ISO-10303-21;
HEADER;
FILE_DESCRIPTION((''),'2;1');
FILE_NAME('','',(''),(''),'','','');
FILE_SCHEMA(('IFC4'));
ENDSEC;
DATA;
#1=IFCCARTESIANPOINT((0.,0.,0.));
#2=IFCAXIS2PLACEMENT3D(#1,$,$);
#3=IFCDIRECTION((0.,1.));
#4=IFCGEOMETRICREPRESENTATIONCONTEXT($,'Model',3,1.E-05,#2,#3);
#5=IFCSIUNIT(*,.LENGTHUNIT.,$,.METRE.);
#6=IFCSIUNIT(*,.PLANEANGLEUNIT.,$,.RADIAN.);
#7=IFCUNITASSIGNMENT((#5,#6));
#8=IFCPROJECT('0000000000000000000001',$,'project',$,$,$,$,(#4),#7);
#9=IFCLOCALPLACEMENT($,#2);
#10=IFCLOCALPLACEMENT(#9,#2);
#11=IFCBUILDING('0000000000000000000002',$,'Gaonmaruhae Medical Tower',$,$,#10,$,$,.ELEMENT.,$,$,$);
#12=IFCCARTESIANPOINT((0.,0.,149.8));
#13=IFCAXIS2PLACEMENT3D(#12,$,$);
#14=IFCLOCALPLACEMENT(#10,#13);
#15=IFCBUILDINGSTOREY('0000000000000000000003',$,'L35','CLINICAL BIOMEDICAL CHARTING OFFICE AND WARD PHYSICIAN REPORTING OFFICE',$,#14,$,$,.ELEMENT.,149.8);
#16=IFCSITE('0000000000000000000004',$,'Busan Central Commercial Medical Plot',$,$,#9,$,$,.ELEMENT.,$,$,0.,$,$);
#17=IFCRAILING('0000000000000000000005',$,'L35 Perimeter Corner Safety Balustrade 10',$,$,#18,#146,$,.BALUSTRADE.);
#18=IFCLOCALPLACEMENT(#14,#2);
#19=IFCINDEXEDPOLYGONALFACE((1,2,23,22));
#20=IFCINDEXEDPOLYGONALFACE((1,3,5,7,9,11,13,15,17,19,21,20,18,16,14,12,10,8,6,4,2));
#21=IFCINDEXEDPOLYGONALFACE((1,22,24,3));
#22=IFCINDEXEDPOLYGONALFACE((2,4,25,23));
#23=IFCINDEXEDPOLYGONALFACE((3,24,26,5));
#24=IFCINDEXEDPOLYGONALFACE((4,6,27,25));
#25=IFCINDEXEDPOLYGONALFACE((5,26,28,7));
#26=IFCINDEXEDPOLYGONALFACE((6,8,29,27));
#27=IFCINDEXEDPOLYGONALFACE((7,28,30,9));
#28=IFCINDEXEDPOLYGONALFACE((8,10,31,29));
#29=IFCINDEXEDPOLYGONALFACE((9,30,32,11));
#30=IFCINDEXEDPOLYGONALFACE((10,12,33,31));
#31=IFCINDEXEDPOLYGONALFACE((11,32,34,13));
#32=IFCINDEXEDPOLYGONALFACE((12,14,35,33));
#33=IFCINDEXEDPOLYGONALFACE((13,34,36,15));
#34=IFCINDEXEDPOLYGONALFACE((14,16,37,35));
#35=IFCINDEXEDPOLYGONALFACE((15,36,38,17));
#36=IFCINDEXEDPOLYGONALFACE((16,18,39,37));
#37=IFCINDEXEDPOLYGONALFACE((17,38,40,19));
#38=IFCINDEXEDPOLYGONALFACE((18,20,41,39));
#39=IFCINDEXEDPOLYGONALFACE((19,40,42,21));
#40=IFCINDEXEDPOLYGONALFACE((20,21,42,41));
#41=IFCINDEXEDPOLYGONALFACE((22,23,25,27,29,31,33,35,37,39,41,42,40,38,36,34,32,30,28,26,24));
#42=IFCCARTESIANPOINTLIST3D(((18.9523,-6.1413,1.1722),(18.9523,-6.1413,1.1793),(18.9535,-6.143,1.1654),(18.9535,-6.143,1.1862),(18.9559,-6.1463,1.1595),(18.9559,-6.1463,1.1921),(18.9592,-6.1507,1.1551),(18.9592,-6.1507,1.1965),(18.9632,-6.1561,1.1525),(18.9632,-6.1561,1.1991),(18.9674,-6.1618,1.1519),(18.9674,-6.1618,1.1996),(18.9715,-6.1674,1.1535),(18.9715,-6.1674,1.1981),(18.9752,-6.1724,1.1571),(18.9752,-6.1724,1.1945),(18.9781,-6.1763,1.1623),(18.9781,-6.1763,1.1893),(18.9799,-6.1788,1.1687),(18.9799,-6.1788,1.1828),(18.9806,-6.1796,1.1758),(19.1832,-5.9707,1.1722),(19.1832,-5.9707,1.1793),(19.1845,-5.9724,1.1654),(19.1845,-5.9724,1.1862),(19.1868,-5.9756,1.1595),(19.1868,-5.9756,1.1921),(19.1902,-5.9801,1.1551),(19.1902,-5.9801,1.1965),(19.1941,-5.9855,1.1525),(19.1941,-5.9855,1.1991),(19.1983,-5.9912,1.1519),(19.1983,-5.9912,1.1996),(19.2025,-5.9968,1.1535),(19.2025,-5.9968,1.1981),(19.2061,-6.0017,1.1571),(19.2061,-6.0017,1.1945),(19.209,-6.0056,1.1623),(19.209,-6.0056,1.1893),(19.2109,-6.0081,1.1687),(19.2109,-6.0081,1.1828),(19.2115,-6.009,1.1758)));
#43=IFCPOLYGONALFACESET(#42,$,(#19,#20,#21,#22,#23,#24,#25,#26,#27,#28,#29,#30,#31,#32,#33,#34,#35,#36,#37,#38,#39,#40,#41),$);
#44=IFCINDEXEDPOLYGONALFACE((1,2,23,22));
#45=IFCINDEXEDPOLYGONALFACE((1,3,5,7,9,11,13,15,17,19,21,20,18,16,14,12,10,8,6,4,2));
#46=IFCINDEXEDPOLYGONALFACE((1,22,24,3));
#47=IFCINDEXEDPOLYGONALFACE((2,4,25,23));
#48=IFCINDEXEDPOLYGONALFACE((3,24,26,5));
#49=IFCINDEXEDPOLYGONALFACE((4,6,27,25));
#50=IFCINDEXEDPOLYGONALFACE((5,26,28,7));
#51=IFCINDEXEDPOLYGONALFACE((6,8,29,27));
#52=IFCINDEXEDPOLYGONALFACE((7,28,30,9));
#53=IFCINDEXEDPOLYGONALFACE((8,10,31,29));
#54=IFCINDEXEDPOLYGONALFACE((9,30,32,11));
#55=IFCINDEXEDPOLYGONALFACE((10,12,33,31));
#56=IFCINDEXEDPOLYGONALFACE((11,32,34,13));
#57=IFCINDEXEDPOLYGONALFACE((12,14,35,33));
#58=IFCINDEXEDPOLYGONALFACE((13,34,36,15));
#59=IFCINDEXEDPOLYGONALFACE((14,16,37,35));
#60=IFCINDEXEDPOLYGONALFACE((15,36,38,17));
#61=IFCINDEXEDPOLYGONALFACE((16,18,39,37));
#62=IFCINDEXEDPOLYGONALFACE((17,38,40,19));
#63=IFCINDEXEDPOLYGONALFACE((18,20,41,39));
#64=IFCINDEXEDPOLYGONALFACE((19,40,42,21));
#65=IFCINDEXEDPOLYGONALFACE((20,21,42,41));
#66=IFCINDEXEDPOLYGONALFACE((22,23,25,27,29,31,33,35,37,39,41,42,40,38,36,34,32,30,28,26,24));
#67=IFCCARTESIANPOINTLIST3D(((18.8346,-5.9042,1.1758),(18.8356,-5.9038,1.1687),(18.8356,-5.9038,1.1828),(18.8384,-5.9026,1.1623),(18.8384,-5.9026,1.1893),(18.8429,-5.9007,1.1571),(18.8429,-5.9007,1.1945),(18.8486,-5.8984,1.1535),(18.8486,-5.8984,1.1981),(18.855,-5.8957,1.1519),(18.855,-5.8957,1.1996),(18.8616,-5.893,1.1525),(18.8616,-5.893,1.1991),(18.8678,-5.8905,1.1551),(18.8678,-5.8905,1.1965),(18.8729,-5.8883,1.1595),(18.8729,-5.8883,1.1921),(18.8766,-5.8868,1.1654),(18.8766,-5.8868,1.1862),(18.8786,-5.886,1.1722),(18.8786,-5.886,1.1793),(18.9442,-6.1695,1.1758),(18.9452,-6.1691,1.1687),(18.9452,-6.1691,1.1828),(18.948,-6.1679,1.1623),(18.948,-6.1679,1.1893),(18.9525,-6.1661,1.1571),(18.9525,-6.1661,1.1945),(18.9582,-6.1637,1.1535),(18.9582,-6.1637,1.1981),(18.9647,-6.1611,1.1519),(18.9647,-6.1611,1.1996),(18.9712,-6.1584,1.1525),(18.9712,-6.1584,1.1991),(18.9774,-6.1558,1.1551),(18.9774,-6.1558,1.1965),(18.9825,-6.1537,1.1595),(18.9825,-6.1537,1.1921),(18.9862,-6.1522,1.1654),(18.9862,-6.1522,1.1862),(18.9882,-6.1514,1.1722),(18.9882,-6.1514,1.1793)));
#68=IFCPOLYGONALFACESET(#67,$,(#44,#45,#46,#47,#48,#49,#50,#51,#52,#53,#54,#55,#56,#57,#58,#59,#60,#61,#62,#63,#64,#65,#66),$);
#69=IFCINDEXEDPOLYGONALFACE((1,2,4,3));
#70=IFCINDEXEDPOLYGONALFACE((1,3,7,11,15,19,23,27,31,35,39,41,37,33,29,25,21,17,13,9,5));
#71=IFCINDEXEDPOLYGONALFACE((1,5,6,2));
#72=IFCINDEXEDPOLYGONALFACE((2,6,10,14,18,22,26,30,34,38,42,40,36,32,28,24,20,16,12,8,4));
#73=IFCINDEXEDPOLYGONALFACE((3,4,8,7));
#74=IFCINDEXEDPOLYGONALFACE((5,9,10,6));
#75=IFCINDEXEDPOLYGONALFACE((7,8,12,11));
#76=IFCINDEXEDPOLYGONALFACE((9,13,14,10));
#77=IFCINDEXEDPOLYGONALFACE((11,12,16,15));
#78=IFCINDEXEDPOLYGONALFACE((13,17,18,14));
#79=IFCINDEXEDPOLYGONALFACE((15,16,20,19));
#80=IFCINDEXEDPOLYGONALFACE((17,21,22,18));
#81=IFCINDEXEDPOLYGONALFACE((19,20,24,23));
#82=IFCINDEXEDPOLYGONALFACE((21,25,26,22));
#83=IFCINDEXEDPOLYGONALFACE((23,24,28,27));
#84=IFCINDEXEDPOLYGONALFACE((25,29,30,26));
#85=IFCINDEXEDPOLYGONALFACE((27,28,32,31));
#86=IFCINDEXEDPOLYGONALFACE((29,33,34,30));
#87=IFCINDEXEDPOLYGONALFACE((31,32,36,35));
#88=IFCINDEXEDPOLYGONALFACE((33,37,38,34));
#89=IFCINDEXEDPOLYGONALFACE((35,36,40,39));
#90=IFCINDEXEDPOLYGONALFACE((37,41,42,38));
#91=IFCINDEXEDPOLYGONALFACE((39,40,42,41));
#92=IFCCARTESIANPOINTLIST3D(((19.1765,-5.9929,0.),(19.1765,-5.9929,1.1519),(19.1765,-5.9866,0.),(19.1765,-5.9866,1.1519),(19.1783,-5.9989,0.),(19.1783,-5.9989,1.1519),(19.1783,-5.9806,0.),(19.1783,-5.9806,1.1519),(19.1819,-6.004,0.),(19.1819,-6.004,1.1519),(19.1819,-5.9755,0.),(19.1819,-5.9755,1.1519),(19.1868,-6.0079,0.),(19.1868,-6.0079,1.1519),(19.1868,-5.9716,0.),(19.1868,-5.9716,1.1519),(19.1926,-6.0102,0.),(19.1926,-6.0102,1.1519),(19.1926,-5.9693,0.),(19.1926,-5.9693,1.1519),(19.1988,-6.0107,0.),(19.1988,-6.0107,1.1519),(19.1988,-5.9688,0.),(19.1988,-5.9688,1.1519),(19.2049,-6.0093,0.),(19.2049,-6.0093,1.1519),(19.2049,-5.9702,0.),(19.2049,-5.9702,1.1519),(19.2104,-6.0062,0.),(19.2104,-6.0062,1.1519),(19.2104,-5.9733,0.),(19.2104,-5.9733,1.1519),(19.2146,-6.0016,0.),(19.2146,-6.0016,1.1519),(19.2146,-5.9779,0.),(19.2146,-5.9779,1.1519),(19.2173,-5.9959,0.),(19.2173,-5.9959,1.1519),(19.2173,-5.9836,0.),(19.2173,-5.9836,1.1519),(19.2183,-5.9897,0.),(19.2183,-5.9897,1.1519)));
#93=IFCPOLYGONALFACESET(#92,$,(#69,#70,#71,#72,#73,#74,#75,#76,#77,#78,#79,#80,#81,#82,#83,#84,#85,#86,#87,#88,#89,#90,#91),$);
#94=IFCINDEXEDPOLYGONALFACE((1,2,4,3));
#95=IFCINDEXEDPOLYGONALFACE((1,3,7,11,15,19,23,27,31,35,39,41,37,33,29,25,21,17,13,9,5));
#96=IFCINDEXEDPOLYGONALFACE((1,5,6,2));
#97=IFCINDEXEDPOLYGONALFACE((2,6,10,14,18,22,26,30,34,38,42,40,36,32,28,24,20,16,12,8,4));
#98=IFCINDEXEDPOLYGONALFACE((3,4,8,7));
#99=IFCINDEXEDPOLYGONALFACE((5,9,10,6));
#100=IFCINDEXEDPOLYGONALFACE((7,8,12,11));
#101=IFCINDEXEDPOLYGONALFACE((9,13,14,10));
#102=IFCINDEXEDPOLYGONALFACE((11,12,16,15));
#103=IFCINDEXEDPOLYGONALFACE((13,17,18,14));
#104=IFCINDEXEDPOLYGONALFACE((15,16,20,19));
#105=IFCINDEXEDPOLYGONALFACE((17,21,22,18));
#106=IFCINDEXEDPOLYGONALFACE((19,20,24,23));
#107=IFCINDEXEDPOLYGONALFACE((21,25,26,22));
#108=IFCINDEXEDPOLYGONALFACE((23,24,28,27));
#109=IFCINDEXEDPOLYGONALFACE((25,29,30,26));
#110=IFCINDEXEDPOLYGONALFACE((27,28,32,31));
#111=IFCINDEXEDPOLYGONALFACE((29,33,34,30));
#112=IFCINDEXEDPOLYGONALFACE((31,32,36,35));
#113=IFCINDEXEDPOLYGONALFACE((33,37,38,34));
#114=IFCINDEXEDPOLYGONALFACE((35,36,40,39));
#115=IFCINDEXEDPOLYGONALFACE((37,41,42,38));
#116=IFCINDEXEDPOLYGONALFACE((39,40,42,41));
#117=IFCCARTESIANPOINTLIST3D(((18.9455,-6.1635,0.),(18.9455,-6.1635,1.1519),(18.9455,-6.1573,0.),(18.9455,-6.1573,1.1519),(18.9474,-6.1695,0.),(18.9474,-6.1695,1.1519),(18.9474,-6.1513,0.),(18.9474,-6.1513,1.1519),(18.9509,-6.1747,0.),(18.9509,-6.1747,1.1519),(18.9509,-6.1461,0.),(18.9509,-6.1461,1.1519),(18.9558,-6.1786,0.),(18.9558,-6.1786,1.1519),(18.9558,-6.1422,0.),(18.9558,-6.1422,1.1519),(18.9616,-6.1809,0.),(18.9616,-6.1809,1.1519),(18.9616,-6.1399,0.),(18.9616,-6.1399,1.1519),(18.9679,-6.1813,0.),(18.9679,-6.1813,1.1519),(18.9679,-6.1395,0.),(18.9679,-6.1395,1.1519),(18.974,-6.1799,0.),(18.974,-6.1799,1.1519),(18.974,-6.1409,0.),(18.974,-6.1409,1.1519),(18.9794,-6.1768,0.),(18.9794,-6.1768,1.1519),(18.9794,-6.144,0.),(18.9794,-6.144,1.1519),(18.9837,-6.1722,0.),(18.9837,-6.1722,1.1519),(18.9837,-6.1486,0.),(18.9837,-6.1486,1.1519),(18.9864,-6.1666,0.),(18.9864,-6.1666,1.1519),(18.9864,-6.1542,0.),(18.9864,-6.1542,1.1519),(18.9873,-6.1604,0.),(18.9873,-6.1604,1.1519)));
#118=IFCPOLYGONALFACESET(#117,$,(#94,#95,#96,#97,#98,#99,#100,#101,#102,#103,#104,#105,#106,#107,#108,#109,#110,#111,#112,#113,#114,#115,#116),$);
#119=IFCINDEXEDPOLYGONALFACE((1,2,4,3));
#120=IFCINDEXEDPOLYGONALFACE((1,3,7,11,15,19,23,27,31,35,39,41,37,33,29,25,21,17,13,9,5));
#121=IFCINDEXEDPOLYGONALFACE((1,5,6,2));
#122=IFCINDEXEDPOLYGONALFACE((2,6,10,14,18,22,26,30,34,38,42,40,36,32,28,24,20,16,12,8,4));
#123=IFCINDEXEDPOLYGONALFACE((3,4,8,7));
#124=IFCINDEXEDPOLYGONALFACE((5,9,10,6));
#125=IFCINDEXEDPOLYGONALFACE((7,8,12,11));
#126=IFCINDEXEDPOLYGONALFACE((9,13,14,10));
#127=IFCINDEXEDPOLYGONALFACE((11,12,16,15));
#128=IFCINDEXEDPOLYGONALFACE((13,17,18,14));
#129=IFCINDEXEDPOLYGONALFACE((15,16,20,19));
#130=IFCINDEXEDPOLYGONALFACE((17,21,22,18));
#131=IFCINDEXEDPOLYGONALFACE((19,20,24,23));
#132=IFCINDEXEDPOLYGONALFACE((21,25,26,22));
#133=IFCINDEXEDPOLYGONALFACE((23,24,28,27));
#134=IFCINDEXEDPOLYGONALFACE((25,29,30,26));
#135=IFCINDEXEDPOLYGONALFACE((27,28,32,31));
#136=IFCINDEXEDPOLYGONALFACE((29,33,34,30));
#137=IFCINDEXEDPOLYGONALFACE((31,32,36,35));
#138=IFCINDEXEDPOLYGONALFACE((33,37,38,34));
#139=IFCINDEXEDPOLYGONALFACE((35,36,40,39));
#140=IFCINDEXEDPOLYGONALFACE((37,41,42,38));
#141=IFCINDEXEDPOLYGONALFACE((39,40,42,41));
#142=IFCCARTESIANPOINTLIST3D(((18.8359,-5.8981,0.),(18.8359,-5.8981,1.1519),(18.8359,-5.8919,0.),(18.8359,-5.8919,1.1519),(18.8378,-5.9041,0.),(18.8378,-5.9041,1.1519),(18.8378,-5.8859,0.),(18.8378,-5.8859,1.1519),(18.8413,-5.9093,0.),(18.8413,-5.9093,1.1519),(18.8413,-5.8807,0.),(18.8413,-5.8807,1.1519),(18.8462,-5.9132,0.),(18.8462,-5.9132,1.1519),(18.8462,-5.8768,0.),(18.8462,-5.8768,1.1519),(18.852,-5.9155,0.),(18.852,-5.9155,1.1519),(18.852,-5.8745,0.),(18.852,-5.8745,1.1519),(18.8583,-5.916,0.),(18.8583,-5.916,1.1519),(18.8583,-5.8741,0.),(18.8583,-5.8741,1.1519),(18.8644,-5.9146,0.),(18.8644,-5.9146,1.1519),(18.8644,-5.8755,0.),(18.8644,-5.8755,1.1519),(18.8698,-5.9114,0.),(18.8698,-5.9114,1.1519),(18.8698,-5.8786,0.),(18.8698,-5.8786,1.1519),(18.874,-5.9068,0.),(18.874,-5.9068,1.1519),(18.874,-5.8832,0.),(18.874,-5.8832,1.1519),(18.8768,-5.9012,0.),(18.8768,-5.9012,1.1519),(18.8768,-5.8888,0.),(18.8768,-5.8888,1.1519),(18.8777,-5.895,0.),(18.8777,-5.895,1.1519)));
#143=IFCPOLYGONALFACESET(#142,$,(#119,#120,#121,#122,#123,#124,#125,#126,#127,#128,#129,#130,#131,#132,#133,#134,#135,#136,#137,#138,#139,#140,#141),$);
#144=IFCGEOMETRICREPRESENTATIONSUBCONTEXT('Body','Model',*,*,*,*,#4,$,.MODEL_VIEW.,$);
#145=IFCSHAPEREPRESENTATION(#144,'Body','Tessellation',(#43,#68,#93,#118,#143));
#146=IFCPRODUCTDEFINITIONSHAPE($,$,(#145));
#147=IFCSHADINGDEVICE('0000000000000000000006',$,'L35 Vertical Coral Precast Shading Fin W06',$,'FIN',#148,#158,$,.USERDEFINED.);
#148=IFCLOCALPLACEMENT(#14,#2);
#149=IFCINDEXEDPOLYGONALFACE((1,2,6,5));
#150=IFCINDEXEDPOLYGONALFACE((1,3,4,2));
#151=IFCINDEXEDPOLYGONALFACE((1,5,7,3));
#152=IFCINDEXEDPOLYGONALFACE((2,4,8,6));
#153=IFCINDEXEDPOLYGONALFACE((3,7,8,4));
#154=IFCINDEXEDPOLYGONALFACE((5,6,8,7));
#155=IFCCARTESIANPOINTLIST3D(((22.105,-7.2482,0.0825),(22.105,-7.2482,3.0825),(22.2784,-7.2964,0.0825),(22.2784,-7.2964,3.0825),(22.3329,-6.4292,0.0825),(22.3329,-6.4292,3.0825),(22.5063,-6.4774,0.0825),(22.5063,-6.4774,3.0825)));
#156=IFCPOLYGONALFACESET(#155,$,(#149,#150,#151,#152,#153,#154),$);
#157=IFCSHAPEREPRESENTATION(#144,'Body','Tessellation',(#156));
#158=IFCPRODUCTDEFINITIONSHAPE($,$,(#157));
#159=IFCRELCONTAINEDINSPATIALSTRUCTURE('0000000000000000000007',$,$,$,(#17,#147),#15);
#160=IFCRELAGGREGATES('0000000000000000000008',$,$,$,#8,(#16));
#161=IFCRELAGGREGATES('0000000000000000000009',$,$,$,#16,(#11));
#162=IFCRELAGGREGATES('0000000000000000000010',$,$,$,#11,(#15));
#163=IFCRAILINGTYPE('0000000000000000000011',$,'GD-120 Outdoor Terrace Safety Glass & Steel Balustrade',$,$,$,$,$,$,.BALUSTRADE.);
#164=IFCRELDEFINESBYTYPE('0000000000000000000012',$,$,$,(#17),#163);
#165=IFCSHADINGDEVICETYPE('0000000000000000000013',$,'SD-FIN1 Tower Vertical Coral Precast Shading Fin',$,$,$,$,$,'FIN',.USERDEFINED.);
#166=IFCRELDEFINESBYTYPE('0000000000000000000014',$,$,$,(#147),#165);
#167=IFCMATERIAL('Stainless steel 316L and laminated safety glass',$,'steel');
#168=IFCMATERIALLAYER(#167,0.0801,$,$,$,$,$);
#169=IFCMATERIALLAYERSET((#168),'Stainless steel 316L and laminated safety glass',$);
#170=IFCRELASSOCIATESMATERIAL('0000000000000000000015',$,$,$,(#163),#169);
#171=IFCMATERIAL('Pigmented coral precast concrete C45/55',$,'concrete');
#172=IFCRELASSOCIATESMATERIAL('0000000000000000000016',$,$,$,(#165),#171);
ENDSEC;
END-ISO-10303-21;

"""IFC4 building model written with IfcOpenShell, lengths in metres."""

from ifc_helpers import new_model, si_unit, direction, frame, origin, origin_2d, place, context, subcontext, project, spatial, rectangle, circle, extrude, material, layer, layer_set, type_object, element, save


model = new_model("IFC4")

# Units and contexts
model_context = context("Model", 3, precision=1e-05, world=origin(), true_north=direction((0.0, 1.0)))
body_context = subcontext(model_context, "Body", "Model", "MODEL_VIEW")
ifc_project = project(units=[si_unit("LENGTHUNIT", "METRE"), si_unit("PLANEANGLEUNIT", "RADIAN")], contexts=[model_context])

# Site, building, storey
site_placement = place(None, origin())
site = spatial("IfcSite", under=ifc_project, at=site_placement, Name="Busan Central Commercial Medical Plot", CompositionType="ELEMENT", RefElevation=0.0)
building_placement = place(site_placement, origin())
building = spatial("IfcBuilding", under=site, at=building_placement, Name="Gaonmaruhae Medical Tower", CompositionType="ELEMENT")
storey_placement = place(building_placement, frame((0.0, 0.0, 149.8)))
storey = spatial("IfcBuildingStorey", under=building, at=storey_placement, Name="L35", Description="CLINICAL BIOMEDICAL CHARTING OFFICE AND WARD PHYSICIAN REPORTING OFFICE", CompositionType="ELEMENT", Elevation=149.8)

# Railing
ifc_material_1 = material(Name="Stainless steel 316L and laminated safety glass", Category="steel")
ifc_layer_1 = layer(ifc_material_1, 0.0801)
ifc_layer_set_1 = layer_set([ifc_layer_1], Name="Stainless steel 316L and laminated safety glass")
railing_type = type_object("IfcRailingType", Name="GD-120 Outdoor Terrace Safety Glass & Steel Balustrade", PredefinedType="BALUSTRADE", material=ifc_layer_set_1)
railing_1_placement = place(storey_placement, frame((19.1973, -5.9897, 0.0)))
element("IfcRailing", 1, at=railing_1_placement, inside=storey, type_object=railing_type, Name="L35 Perimeter Corner Safety Balustrade 10", PredefinedType="BALUSTRADE", context=body_context, shape_type="SweptSolid", body=[
    extrude(circle(Radius=0.0239, at=origin_2d()), frame((0.0, 0.0, 1.1758), z_axis=(-0.804264, -0.594272, 0.0), x_axis=(0.594272, -0.804264, 0.0)), (0.0, 0.0, 1.0), 0.2871),
    extrude(circle(Radius=0.0239, at=origin_2d()), frame((-0.231, -0.1707, 1.1758), z_axis=(-0.381776, 0.924255, 0.0), x_axis=(-0.924255, -0.381776, 0.0)), (0.0, 0.0, 1.0), 0.2871),
    extrude(circle(Radius=0.021, at=origin_2d()), origin(), (0.0, 0.0, 1.0), 1.1519),
    extrude(circle(Radius=0.021, at=origin_2d()), frame((-0.231, -0.1707, 0.0)), (0.0, 0.0, 1.0), 1.1519),
    extrude(circle(Radius=0.021, at=origin_2d()), frame((-0.3406, 0.0947, 0.0)), (0.0, 0.0, 1.0), 1.1519),
])

# Shading device
ifc_material_2 = material(Name="Pigmented coral precast concrete C45/55", Category="concrete")
shading_device_type = type_object("IfcShadingDeviceType", Name="SD-FIN1 Tower Vertical Coral Precast Shading Fin", ElementType="FIN", PredefinedType="USERDEFINED", material=ifc_material_2)
shading_device_placement = place(storey_placement, frame((22.3057, -6.8628, 0.0825), z_axis=(0.0, 0.0, 1.0), x_axis=(-0.963397, 0.268079, 0.0)))
element("IfcShadingDevice", 2, at=shading_device_placement, inside=storey, type_object=shading_device_type, Name="L35 Vertical Coral Precast Shading Fin W06", ObjectType="FIN", PredefinedType="USERDEFINED", context=body_context, shape_type="SweptSolid", body=[
    extrude(rectangle(XDim=0.1799, YDim=0.8501, at=origin_2d()), origin(), (0.0, 0.0, 1.0), 3.0),
])

save(model, "model.ifc")
